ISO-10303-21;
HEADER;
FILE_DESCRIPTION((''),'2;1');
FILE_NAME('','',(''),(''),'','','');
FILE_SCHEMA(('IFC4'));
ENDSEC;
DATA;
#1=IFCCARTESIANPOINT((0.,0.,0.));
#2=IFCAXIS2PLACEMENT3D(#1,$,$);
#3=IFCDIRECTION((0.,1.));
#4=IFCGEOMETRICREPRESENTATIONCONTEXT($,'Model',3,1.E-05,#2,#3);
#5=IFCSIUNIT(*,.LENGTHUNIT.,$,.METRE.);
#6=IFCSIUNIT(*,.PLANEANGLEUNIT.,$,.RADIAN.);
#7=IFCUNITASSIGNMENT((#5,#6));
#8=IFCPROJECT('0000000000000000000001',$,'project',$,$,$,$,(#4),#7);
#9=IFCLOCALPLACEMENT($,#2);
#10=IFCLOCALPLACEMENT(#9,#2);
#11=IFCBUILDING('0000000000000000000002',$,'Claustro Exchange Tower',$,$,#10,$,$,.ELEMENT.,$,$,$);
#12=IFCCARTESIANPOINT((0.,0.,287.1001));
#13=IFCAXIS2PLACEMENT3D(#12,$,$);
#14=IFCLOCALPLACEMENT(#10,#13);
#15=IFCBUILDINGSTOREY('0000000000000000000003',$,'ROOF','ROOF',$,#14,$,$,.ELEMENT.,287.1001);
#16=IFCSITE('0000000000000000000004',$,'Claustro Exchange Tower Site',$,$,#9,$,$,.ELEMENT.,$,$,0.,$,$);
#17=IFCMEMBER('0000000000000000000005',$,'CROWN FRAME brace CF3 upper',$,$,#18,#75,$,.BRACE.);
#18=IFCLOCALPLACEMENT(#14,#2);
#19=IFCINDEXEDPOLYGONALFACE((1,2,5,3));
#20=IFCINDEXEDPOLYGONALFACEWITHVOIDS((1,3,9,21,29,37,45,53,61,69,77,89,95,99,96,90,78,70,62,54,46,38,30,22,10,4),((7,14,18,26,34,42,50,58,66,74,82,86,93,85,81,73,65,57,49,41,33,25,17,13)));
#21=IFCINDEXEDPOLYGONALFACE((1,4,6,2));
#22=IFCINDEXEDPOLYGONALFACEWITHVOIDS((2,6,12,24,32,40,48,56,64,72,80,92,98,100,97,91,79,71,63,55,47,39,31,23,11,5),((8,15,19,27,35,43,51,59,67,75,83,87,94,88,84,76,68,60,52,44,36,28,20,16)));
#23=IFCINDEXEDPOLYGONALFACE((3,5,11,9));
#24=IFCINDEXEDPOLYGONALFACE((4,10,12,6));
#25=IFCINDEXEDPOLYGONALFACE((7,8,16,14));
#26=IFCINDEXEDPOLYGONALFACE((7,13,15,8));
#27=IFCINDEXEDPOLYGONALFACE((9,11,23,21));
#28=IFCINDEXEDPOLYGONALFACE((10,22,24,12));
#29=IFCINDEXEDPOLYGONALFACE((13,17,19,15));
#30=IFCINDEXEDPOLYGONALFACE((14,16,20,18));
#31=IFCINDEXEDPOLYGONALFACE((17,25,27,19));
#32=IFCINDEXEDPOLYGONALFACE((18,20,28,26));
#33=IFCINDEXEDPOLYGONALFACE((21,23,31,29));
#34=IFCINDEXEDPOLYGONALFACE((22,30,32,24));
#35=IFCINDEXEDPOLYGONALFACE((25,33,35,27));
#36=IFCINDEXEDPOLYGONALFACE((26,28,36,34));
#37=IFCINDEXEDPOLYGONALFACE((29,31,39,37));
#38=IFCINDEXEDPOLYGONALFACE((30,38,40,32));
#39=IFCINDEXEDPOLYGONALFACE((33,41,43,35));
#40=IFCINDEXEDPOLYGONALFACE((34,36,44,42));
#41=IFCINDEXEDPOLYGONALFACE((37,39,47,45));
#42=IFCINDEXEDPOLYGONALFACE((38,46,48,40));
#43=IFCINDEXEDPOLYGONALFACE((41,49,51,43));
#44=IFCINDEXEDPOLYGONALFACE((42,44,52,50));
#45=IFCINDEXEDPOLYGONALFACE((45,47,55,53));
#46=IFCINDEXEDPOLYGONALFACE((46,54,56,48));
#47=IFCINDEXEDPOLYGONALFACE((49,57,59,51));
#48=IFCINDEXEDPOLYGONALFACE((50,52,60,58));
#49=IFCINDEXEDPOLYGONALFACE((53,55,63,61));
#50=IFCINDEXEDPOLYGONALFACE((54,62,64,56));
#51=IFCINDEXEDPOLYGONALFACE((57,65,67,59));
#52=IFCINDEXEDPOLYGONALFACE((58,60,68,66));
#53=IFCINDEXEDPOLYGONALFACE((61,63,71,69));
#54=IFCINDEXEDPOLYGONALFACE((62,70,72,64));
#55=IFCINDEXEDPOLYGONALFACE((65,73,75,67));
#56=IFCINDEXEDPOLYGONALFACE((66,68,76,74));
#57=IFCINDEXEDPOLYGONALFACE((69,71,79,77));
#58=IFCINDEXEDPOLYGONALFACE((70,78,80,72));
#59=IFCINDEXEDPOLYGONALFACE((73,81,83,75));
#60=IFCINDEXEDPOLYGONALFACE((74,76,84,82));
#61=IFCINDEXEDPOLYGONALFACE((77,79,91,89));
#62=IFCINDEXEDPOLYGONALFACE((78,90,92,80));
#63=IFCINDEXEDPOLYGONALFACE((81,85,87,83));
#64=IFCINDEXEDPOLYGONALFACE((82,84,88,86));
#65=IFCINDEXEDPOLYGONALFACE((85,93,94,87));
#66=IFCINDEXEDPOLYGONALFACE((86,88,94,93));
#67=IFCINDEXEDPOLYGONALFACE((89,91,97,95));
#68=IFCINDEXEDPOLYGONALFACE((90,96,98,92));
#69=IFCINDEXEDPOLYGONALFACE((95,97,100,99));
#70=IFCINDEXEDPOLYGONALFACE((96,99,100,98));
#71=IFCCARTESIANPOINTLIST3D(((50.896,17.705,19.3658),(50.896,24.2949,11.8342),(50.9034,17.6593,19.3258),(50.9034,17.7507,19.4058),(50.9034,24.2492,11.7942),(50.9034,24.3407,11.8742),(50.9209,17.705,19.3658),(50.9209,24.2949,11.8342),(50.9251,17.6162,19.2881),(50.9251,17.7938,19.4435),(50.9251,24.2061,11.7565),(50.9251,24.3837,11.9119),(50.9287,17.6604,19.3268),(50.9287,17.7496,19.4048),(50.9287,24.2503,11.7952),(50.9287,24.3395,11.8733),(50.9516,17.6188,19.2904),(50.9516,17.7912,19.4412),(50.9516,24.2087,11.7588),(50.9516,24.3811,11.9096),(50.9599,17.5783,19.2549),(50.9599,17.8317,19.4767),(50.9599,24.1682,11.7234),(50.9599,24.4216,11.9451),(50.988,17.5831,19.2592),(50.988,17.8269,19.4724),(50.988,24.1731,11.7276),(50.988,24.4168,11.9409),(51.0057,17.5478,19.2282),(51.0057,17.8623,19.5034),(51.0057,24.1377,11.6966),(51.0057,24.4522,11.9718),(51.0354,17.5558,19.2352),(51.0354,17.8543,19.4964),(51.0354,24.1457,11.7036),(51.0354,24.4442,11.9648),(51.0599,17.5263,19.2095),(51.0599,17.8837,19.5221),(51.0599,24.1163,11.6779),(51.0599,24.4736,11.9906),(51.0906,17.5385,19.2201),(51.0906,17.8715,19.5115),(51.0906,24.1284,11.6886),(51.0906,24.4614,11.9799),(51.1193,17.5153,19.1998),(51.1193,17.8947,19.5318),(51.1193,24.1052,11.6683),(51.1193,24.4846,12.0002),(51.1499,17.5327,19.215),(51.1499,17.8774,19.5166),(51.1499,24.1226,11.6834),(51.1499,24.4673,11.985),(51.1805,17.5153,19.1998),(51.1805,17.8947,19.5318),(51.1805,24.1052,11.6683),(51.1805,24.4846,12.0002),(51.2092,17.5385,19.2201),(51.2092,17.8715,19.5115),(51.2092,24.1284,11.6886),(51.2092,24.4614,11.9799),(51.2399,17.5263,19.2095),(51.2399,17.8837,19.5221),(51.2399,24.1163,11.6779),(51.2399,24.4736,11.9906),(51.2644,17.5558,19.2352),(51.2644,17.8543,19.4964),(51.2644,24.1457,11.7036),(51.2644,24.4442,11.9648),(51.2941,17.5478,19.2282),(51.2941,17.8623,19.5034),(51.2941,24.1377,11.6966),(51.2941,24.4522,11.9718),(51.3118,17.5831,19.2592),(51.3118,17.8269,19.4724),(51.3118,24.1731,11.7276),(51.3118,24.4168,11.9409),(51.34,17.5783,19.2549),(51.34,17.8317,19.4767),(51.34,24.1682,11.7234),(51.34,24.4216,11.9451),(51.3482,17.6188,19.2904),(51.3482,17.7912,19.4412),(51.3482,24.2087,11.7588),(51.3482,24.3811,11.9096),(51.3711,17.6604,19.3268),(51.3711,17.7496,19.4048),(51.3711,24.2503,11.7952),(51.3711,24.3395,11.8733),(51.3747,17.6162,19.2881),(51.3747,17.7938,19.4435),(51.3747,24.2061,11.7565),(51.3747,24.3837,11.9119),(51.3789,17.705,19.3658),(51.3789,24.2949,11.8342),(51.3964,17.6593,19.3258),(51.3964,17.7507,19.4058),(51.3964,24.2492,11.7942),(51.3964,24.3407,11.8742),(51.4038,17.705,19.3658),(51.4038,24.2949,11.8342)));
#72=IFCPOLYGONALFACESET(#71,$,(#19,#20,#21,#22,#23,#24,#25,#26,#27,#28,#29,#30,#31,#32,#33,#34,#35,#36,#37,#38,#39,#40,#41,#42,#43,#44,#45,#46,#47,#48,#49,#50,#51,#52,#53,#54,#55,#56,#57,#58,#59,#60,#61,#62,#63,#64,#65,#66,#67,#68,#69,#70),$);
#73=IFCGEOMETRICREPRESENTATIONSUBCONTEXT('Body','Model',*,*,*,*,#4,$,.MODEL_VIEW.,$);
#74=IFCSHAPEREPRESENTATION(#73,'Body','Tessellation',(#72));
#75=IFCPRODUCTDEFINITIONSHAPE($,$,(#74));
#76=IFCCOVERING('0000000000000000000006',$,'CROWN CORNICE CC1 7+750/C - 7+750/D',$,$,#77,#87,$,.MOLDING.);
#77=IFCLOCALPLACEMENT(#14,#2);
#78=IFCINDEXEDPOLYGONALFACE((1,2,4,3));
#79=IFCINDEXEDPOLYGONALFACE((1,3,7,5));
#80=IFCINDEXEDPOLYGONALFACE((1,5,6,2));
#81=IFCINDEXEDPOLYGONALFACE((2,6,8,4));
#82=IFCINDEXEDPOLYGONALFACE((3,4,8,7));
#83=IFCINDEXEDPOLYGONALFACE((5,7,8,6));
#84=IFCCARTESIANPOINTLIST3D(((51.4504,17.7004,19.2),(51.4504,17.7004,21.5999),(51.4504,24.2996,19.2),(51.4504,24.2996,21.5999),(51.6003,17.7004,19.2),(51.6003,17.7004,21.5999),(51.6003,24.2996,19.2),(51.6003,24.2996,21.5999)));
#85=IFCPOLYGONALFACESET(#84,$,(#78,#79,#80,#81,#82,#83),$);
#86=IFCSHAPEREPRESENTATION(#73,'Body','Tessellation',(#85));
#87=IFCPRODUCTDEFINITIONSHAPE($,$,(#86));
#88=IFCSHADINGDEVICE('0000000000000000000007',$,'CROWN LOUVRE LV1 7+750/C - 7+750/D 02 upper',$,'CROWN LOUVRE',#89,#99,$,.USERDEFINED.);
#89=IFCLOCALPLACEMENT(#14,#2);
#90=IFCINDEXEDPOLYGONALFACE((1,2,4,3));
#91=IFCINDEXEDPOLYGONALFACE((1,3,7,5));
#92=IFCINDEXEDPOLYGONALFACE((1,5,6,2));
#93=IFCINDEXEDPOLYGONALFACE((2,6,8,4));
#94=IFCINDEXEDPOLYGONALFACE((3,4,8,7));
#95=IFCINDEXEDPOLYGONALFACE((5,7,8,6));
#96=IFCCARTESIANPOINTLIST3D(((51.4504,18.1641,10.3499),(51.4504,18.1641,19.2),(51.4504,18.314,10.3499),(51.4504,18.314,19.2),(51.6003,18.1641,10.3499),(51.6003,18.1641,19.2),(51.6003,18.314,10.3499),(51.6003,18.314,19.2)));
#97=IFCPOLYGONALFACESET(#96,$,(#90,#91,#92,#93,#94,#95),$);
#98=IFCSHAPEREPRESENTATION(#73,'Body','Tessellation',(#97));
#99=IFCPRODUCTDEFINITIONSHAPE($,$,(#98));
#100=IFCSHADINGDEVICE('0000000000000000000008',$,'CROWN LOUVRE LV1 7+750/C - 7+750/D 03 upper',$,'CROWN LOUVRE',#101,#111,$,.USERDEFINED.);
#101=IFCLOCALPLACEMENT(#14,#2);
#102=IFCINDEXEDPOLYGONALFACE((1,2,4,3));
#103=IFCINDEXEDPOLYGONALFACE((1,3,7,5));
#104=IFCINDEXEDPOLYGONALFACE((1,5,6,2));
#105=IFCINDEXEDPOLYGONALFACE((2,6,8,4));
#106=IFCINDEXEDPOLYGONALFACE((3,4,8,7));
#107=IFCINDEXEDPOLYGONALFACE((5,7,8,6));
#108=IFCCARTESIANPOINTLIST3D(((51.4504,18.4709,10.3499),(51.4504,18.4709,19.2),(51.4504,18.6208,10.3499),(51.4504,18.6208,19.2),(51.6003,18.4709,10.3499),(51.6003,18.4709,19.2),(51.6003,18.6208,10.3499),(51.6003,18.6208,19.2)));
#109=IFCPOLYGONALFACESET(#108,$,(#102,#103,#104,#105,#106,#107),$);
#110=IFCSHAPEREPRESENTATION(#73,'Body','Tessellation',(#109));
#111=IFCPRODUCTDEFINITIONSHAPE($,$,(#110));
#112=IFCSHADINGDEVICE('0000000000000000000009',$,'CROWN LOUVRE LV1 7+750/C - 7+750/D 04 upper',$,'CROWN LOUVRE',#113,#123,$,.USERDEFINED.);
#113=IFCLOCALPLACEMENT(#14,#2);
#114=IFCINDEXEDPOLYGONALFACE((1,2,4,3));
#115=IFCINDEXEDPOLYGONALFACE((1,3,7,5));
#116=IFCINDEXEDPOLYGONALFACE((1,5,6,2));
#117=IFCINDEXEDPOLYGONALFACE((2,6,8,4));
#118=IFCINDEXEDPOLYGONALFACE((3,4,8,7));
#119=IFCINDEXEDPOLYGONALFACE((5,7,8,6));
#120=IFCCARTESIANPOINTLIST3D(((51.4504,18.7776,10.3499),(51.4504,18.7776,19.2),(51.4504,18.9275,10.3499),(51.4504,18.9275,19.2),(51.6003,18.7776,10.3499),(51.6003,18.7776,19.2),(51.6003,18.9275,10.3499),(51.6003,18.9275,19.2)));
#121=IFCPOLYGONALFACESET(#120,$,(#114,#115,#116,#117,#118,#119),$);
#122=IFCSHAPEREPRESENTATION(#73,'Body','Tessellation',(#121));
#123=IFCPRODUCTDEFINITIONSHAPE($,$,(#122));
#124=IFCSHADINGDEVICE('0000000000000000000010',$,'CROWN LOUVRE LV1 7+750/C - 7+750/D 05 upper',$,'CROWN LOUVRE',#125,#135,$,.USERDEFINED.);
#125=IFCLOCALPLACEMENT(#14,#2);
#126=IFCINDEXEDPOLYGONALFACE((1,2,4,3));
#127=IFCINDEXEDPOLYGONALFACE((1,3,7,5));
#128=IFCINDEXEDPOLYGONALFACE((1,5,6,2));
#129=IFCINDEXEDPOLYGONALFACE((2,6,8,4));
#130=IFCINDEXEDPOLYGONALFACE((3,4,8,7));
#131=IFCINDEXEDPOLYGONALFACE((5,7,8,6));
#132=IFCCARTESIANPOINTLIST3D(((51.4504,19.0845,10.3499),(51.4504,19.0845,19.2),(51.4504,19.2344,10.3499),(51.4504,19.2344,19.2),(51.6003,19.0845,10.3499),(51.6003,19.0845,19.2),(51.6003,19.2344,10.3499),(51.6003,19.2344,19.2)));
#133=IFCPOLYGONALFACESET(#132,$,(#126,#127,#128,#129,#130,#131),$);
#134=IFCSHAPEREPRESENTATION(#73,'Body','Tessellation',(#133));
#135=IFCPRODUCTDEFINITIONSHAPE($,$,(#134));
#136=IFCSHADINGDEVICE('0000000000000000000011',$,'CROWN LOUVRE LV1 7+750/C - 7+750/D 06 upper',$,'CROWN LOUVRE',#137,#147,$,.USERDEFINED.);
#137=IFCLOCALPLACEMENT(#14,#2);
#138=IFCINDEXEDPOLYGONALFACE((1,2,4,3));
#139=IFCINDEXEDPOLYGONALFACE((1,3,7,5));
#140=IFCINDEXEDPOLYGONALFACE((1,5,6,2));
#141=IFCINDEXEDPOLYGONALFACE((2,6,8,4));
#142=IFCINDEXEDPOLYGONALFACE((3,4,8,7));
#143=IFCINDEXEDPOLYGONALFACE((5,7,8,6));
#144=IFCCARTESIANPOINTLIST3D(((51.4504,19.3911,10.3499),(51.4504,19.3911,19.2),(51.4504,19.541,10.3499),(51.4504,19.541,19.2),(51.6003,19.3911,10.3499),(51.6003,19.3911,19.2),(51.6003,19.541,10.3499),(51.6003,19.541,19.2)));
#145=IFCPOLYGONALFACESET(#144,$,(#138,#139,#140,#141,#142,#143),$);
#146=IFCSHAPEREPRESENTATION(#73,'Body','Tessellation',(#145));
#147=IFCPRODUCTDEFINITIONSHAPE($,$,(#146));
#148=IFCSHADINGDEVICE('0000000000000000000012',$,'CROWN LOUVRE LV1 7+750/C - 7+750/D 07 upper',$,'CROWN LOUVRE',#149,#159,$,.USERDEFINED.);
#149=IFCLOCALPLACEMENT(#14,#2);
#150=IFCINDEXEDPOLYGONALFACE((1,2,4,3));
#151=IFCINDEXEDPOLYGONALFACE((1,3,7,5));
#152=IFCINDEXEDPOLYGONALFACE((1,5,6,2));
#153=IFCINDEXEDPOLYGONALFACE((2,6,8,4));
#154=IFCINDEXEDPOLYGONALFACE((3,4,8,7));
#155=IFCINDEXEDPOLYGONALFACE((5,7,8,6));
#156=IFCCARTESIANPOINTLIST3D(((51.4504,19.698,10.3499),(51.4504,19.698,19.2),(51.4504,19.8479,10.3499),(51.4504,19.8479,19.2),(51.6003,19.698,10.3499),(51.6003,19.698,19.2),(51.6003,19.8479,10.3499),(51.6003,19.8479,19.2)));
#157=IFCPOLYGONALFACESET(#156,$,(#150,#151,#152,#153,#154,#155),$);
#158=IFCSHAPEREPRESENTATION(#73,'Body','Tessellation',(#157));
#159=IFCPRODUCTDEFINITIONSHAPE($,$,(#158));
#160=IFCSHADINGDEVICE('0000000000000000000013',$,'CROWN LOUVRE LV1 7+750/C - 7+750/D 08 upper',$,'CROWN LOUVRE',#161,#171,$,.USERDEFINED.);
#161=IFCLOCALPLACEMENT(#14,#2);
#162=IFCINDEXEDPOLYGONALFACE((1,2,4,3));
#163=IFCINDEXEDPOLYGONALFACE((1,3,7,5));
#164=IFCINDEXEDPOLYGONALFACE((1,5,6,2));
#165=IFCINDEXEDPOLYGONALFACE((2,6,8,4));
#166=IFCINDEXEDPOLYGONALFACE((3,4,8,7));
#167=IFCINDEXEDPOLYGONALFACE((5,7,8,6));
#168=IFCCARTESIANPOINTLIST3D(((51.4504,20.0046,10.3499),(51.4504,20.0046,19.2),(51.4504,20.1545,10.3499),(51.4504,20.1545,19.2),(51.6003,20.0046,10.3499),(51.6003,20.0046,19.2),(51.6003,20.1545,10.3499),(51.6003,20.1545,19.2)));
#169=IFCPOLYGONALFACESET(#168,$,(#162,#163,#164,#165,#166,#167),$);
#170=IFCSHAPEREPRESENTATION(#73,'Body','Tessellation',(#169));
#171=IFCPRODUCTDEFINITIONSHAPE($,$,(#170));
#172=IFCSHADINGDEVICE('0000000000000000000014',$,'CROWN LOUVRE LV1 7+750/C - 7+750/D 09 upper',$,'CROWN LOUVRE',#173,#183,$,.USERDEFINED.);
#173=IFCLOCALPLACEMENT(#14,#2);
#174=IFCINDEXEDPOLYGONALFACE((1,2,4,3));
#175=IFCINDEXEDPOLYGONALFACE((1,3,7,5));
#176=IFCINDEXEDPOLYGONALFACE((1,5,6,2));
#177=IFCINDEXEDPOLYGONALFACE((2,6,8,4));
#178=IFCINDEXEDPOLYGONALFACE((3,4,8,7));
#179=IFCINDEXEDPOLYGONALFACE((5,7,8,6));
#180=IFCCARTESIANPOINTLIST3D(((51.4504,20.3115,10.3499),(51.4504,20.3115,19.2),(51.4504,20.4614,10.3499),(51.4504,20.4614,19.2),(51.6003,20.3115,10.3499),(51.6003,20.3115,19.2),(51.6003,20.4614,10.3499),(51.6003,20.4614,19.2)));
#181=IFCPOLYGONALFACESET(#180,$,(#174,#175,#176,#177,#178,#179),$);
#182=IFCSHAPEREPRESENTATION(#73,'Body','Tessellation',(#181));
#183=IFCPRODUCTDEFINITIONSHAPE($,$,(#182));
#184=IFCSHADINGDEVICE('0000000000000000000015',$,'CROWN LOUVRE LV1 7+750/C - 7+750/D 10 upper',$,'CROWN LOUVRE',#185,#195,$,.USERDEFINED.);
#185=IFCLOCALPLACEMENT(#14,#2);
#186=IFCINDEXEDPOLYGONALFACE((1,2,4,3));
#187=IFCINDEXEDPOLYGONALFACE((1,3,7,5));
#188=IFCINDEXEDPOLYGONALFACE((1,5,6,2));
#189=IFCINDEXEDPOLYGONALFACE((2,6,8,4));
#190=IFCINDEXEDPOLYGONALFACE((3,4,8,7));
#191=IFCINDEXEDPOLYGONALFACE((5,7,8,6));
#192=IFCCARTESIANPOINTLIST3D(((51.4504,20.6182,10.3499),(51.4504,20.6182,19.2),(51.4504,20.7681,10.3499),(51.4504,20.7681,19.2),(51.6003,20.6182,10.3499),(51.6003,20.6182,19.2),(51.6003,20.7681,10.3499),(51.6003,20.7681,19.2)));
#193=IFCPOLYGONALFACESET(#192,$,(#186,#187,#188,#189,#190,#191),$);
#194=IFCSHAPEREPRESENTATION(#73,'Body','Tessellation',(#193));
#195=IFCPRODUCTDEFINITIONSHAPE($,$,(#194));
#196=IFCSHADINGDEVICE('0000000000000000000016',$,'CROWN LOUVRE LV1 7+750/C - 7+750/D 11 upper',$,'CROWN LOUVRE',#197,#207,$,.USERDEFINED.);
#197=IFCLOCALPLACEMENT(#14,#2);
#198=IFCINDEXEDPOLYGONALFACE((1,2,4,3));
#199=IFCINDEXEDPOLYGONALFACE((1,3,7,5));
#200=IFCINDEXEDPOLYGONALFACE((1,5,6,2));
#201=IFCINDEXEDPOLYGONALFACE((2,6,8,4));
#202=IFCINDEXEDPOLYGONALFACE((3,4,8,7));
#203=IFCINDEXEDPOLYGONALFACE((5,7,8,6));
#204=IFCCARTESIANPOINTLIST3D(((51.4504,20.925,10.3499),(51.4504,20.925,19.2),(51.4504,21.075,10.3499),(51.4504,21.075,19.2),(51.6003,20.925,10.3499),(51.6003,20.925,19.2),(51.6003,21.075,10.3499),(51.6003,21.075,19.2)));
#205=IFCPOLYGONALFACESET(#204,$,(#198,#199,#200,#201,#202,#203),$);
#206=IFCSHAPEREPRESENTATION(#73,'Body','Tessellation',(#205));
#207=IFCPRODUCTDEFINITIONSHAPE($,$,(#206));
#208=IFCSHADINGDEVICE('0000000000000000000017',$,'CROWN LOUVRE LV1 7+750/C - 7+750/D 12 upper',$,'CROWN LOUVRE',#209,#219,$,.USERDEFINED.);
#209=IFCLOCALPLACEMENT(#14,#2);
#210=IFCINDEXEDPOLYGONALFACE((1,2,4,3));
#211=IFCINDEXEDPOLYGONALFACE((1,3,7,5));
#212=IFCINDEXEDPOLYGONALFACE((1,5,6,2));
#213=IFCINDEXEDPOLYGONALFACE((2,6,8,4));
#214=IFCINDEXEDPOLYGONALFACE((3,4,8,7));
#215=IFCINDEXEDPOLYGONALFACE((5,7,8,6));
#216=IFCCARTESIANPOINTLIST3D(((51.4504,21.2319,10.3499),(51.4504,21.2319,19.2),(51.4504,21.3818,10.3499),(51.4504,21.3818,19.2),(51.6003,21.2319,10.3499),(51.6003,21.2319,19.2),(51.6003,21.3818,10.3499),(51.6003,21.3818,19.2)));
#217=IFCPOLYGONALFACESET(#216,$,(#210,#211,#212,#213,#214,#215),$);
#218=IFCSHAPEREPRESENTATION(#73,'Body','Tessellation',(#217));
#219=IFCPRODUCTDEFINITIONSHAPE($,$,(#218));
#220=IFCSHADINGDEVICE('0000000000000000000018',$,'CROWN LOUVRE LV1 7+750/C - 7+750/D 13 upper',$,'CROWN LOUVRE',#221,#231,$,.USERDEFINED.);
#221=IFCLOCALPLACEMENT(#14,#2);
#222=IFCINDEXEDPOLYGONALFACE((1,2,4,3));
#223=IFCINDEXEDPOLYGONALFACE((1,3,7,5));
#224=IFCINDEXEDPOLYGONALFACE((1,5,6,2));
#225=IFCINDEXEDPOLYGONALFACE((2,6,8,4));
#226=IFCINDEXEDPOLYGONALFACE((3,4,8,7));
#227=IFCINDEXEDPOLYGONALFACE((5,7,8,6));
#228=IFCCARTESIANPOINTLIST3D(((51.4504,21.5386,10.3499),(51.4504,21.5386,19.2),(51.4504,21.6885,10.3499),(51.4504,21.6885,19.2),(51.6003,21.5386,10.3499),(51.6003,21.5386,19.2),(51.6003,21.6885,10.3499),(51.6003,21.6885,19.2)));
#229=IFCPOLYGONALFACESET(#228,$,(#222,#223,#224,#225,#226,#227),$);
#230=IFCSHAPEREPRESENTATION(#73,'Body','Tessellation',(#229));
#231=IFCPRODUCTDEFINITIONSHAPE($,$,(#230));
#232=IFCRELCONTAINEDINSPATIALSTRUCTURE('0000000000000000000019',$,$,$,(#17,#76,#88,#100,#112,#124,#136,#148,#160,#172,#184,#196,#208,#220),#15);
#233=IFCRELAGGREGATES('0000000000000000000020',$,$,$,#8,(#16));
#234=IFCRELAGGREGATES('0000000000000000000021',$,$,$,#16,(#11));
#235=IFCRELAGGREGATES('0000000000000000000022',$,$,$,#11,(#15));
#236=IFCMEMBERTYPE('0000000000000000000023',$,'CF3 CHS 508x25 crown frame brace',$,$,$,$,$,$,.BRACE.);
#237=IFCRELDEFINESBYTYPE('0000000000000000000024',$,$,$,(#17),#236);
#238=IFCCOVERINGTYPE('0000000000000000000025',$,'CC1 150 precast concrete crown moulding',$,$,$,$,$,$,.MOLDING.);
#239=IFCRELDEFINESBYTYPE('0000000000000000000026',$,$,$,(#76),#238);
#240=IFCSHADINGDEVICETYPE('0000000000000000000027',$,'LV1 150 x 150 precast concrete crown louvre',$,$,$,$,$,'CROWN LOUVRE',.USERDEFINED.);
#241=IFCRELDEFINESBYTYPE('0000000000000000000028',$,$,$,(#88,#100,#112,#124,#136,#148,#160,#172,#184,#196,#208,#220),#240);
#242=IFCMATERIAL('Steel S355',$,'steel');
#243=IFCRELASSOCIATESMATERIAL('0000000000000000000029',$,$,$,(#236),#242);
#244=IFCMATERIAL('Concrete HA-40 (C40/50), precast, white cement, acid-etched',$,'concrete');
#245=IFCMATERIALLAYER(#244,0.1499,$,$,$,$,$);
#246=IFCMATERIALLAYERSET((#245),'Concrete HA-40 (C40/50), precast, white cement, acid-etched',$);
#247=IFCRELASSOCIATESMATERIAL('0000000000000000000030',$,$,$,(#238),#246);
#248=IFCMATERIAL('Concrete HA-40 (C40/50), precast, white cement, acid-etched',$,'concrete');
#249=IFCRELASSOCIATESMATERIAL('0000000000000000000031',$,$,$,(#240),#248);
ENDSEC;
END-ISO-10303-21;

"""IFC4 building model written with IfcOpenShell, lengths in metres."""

from ifc_helpers import new_model, si_unit, direction, frame, origin, origin_2d, place, context, subcontext, project, spatial, rectangle, hollow_circle, extrude, material, layer, layer_set, material_profile, profile_set, type_object, element, save


model = new_model("IFC4")

# Units and contexts
model_context = context("Model", 3, precision=1e-05, world=origin(), true_north=direction((0.0, 1.0)))
body_context = subcontext(model_context, "Body", "Model", "MODEL_VIEW")
ifc_project = project(units=[si_unit("LENGTHUNIT", "METRE"), si_unit("PLANEANGLEUNIT", "RADIAN")], contexts=[model_context])

# Site, building, storey
site_placement = place(None, origin())
site = spatial("IfcSite", under=ifc_project, at=site_placement, Name="Claustro Exchange Tower Site", CompositionType="ELEMENT", RefElevation=0.0)
building_placement = place(site_placement, origin())
building = spatial("IfcBuilding", under=site, at=building_placement, Name="Claustro Exchange Tower", CompositionType="ELEMENT")
storey_placement = place(building_placement, frame((0.0, 0.0, 287.1001)))
storey = spatial("IfcBuildingStorey", under=building, at=storey_placement, Name="ROOF", Description="ROOF", CompositionType="ELEMENT", Elevation=287.1001)

# Member
ifc_material_1 = material(Name="Steel S355", Category="steel")
ifc_material_profile = material_profile(ifc_material_1, hollow_circle(Radius=0.2539, WallThickness=0.0249, at=origin_2d()), Name="CHS 508x25")
ifc_profile_set = profile_set([ifc_material_profile], Name="Steel S355")
member_type = type_object("IfcMemberType", Name="CF3 CHS 508x25 crown frame brace", PredefinedType="BRACE", material=ifc_profile_set)
member_placement = place(storey_placement, frame((51.1499, 24.2949, 11.8342), z_axis=(0.0, -0.658493, 0.752587), x_axis=(1.0, 0.0, 0.0)))
element("IfcMember", 1, at=member_placement, inside=storey, type_object=member_type, Name="CROWN FRAME brace CF3 upper", PredefinedType="BRACE", context=body_context, shape_type="SweptSolid", body=[
    extrude(hollow_circle(Radius=0.2539, WallThickness=0.0249, at=origin_2d()), origin(), (0.0, 0.0, 1.0), 10.0076),
])

# Covering
ifc_material_2 = material(Name="Concrete HA-40 (C40/50), precast, white cement, acid-etched", Category="concrete")
ifc_layer_1 = layer(ifc_material_2, 0.1499)
ifc_layer_set_1 = layer_set([ifc_layer_1], Name="Concrete HA-40 (C40/50), precast, white cement, acid-etched")
covering_type = type_object("IfcCoveringType", Name="CC1 150 precast concrete crown moulding", PredefinedType="MOLDING", material=ifc_layer_set_1)
covering_placement = place(storey_placement, frame((51.5254, 21.0, 19.2), z_axis=(0.0, 0.0, 1.0), x_axis=(0.0, 1.0, 0.0)))
element("IfcCovering", 2, at=covering_placement, inside=storey, type_object=covering_type, Name="CROWN CORNICE CC1 7+750/C - 7+750/D", PredefinedType="MOLDING", context=body_context, shape_type="SweptSolid", body=[
    extrude(rectangle(XDim=6.5991, YDim=0.1499, at=origin_2d()), origin(), (0.0, 0.0, 1.0), 2.3999),
])

# Shading devices
ifc_material_3 = material(Name="Concrete HA-40 (C40/50), precast, white cement, acid-etched", Category="concrete")
shading_device_type = type_object("IfcShadingDeviceType", Name="LV1 150 x 150 precast concrete crown louvre", ElementType="CROWN LOUVRE", PredefinedType="USERDEFINED", material=ifc_material_3)
for number, where, z_axis, x_axis, name in (
    (3, (51.5254, 18.239, 10.3499), (0.0, 0.0, 1.0), (0.0, 1.0, 0.0), "CROWN LOUVRE LV1 7+750/C - 7+750/D 02 upper"),
    (4, (51.5254, 18.5459, 10.3499), (0.0, 0.0, 1.0), (0.0, 1.0, 0.0), "CROWN LOUVRE LV1 7+750/C - 7+750/D 03 upper"),
    (5, (51.5254, 18.8525, 10.3499), (0.0, 0.0, 1.0), (0.0, 1.0, 0.0), "CROWN LOUVRE LV1 7+750/C - 7+750/D 04 upper"),
    (6, (51.5254, 19.1594, 10.3499), (0.0, 0.0, 1.0), (0.0, 1.0, 0.0), "CROWN LOUVRE LV1 7+750/C - 7+750/D 05 upper"),
    (7, (51.5254, 19.4661, 10.3499), (0.0, 0.0, 1.0), (0.0, 1.0, 0.0), "CROWN LOUVRE LV1 7+750/C - 7+750/D 06 upper"),
    (8, (51.5254, 19.7729, 10.3499), (0.0, 0.0, 1.0), (0.0, 1.0, 0.0), "CROWN LOUVRE LV1 7+750/C - 7+750/D 07 upper"),
    (9, (51.5254, 20.0796, 10.3499), (0.0, 0.0, 1.0), (0.0, 1.0, 0.0), "CROWN LOUVRE LV1 7+750/C - 7+750/D 08 upper"),
    (10, (51.5254, 20.3865, 10.3499), (0.0, 0.0, 1.0), (0.0, 1.0, 0.0), "CROWN LOUVRE LV1 7+750/C - 7+750/D 09 upper"),
    (11, (51.5254, 20.6931, 10.3499), (0.0, 0.0, 1.0), (0.0, 1.0, 0.0), "CROWN LOUVRE LV1 7+750/C - 7+750/D 10 upper"),
    (12, (51.5254, 21.0, 10.3499), (0.0, 0.0, 1.0), (0.0, 1.0, 0.0), "CROWN LOUVRE LV1 7+750/C - 7+750/D 11 upper"),
    (13, (51.5254, 21.3069, 10.3499), (0.0, 0.0, 1.0), (0.0, 1.0, 0.0), "CROWN LOUVRE LV1 7+750/C - 7+750/D 12 upper"),
    (14, (51.5254, 21.6135, 10.3499), (0.0, 0.0, 1.0), (0.0, 1.0, 0.0), "CROWN LOUVRE LV1 7+750/C - 7+750/D 13 upper"),
):
    element("IfcShadingDevice", number, at=place(storey_placement, frame(where, z_axis=z_axis, x_axis=x_axis)), inside=storey, type_object=shading_device_type, Name=name, ObjectType="CROWN LOUVRE", PredefinedType="USERDEFINED", context=body_context, shape_type="SweptSolid", body=[
        extrude(rectangle(XDim=0.1499, YDim=0.1499, at=origin_2d()), origin(), (0.0, 0.0, 1.0), 8.8501),
    ])

save(model, "model.ifc")
